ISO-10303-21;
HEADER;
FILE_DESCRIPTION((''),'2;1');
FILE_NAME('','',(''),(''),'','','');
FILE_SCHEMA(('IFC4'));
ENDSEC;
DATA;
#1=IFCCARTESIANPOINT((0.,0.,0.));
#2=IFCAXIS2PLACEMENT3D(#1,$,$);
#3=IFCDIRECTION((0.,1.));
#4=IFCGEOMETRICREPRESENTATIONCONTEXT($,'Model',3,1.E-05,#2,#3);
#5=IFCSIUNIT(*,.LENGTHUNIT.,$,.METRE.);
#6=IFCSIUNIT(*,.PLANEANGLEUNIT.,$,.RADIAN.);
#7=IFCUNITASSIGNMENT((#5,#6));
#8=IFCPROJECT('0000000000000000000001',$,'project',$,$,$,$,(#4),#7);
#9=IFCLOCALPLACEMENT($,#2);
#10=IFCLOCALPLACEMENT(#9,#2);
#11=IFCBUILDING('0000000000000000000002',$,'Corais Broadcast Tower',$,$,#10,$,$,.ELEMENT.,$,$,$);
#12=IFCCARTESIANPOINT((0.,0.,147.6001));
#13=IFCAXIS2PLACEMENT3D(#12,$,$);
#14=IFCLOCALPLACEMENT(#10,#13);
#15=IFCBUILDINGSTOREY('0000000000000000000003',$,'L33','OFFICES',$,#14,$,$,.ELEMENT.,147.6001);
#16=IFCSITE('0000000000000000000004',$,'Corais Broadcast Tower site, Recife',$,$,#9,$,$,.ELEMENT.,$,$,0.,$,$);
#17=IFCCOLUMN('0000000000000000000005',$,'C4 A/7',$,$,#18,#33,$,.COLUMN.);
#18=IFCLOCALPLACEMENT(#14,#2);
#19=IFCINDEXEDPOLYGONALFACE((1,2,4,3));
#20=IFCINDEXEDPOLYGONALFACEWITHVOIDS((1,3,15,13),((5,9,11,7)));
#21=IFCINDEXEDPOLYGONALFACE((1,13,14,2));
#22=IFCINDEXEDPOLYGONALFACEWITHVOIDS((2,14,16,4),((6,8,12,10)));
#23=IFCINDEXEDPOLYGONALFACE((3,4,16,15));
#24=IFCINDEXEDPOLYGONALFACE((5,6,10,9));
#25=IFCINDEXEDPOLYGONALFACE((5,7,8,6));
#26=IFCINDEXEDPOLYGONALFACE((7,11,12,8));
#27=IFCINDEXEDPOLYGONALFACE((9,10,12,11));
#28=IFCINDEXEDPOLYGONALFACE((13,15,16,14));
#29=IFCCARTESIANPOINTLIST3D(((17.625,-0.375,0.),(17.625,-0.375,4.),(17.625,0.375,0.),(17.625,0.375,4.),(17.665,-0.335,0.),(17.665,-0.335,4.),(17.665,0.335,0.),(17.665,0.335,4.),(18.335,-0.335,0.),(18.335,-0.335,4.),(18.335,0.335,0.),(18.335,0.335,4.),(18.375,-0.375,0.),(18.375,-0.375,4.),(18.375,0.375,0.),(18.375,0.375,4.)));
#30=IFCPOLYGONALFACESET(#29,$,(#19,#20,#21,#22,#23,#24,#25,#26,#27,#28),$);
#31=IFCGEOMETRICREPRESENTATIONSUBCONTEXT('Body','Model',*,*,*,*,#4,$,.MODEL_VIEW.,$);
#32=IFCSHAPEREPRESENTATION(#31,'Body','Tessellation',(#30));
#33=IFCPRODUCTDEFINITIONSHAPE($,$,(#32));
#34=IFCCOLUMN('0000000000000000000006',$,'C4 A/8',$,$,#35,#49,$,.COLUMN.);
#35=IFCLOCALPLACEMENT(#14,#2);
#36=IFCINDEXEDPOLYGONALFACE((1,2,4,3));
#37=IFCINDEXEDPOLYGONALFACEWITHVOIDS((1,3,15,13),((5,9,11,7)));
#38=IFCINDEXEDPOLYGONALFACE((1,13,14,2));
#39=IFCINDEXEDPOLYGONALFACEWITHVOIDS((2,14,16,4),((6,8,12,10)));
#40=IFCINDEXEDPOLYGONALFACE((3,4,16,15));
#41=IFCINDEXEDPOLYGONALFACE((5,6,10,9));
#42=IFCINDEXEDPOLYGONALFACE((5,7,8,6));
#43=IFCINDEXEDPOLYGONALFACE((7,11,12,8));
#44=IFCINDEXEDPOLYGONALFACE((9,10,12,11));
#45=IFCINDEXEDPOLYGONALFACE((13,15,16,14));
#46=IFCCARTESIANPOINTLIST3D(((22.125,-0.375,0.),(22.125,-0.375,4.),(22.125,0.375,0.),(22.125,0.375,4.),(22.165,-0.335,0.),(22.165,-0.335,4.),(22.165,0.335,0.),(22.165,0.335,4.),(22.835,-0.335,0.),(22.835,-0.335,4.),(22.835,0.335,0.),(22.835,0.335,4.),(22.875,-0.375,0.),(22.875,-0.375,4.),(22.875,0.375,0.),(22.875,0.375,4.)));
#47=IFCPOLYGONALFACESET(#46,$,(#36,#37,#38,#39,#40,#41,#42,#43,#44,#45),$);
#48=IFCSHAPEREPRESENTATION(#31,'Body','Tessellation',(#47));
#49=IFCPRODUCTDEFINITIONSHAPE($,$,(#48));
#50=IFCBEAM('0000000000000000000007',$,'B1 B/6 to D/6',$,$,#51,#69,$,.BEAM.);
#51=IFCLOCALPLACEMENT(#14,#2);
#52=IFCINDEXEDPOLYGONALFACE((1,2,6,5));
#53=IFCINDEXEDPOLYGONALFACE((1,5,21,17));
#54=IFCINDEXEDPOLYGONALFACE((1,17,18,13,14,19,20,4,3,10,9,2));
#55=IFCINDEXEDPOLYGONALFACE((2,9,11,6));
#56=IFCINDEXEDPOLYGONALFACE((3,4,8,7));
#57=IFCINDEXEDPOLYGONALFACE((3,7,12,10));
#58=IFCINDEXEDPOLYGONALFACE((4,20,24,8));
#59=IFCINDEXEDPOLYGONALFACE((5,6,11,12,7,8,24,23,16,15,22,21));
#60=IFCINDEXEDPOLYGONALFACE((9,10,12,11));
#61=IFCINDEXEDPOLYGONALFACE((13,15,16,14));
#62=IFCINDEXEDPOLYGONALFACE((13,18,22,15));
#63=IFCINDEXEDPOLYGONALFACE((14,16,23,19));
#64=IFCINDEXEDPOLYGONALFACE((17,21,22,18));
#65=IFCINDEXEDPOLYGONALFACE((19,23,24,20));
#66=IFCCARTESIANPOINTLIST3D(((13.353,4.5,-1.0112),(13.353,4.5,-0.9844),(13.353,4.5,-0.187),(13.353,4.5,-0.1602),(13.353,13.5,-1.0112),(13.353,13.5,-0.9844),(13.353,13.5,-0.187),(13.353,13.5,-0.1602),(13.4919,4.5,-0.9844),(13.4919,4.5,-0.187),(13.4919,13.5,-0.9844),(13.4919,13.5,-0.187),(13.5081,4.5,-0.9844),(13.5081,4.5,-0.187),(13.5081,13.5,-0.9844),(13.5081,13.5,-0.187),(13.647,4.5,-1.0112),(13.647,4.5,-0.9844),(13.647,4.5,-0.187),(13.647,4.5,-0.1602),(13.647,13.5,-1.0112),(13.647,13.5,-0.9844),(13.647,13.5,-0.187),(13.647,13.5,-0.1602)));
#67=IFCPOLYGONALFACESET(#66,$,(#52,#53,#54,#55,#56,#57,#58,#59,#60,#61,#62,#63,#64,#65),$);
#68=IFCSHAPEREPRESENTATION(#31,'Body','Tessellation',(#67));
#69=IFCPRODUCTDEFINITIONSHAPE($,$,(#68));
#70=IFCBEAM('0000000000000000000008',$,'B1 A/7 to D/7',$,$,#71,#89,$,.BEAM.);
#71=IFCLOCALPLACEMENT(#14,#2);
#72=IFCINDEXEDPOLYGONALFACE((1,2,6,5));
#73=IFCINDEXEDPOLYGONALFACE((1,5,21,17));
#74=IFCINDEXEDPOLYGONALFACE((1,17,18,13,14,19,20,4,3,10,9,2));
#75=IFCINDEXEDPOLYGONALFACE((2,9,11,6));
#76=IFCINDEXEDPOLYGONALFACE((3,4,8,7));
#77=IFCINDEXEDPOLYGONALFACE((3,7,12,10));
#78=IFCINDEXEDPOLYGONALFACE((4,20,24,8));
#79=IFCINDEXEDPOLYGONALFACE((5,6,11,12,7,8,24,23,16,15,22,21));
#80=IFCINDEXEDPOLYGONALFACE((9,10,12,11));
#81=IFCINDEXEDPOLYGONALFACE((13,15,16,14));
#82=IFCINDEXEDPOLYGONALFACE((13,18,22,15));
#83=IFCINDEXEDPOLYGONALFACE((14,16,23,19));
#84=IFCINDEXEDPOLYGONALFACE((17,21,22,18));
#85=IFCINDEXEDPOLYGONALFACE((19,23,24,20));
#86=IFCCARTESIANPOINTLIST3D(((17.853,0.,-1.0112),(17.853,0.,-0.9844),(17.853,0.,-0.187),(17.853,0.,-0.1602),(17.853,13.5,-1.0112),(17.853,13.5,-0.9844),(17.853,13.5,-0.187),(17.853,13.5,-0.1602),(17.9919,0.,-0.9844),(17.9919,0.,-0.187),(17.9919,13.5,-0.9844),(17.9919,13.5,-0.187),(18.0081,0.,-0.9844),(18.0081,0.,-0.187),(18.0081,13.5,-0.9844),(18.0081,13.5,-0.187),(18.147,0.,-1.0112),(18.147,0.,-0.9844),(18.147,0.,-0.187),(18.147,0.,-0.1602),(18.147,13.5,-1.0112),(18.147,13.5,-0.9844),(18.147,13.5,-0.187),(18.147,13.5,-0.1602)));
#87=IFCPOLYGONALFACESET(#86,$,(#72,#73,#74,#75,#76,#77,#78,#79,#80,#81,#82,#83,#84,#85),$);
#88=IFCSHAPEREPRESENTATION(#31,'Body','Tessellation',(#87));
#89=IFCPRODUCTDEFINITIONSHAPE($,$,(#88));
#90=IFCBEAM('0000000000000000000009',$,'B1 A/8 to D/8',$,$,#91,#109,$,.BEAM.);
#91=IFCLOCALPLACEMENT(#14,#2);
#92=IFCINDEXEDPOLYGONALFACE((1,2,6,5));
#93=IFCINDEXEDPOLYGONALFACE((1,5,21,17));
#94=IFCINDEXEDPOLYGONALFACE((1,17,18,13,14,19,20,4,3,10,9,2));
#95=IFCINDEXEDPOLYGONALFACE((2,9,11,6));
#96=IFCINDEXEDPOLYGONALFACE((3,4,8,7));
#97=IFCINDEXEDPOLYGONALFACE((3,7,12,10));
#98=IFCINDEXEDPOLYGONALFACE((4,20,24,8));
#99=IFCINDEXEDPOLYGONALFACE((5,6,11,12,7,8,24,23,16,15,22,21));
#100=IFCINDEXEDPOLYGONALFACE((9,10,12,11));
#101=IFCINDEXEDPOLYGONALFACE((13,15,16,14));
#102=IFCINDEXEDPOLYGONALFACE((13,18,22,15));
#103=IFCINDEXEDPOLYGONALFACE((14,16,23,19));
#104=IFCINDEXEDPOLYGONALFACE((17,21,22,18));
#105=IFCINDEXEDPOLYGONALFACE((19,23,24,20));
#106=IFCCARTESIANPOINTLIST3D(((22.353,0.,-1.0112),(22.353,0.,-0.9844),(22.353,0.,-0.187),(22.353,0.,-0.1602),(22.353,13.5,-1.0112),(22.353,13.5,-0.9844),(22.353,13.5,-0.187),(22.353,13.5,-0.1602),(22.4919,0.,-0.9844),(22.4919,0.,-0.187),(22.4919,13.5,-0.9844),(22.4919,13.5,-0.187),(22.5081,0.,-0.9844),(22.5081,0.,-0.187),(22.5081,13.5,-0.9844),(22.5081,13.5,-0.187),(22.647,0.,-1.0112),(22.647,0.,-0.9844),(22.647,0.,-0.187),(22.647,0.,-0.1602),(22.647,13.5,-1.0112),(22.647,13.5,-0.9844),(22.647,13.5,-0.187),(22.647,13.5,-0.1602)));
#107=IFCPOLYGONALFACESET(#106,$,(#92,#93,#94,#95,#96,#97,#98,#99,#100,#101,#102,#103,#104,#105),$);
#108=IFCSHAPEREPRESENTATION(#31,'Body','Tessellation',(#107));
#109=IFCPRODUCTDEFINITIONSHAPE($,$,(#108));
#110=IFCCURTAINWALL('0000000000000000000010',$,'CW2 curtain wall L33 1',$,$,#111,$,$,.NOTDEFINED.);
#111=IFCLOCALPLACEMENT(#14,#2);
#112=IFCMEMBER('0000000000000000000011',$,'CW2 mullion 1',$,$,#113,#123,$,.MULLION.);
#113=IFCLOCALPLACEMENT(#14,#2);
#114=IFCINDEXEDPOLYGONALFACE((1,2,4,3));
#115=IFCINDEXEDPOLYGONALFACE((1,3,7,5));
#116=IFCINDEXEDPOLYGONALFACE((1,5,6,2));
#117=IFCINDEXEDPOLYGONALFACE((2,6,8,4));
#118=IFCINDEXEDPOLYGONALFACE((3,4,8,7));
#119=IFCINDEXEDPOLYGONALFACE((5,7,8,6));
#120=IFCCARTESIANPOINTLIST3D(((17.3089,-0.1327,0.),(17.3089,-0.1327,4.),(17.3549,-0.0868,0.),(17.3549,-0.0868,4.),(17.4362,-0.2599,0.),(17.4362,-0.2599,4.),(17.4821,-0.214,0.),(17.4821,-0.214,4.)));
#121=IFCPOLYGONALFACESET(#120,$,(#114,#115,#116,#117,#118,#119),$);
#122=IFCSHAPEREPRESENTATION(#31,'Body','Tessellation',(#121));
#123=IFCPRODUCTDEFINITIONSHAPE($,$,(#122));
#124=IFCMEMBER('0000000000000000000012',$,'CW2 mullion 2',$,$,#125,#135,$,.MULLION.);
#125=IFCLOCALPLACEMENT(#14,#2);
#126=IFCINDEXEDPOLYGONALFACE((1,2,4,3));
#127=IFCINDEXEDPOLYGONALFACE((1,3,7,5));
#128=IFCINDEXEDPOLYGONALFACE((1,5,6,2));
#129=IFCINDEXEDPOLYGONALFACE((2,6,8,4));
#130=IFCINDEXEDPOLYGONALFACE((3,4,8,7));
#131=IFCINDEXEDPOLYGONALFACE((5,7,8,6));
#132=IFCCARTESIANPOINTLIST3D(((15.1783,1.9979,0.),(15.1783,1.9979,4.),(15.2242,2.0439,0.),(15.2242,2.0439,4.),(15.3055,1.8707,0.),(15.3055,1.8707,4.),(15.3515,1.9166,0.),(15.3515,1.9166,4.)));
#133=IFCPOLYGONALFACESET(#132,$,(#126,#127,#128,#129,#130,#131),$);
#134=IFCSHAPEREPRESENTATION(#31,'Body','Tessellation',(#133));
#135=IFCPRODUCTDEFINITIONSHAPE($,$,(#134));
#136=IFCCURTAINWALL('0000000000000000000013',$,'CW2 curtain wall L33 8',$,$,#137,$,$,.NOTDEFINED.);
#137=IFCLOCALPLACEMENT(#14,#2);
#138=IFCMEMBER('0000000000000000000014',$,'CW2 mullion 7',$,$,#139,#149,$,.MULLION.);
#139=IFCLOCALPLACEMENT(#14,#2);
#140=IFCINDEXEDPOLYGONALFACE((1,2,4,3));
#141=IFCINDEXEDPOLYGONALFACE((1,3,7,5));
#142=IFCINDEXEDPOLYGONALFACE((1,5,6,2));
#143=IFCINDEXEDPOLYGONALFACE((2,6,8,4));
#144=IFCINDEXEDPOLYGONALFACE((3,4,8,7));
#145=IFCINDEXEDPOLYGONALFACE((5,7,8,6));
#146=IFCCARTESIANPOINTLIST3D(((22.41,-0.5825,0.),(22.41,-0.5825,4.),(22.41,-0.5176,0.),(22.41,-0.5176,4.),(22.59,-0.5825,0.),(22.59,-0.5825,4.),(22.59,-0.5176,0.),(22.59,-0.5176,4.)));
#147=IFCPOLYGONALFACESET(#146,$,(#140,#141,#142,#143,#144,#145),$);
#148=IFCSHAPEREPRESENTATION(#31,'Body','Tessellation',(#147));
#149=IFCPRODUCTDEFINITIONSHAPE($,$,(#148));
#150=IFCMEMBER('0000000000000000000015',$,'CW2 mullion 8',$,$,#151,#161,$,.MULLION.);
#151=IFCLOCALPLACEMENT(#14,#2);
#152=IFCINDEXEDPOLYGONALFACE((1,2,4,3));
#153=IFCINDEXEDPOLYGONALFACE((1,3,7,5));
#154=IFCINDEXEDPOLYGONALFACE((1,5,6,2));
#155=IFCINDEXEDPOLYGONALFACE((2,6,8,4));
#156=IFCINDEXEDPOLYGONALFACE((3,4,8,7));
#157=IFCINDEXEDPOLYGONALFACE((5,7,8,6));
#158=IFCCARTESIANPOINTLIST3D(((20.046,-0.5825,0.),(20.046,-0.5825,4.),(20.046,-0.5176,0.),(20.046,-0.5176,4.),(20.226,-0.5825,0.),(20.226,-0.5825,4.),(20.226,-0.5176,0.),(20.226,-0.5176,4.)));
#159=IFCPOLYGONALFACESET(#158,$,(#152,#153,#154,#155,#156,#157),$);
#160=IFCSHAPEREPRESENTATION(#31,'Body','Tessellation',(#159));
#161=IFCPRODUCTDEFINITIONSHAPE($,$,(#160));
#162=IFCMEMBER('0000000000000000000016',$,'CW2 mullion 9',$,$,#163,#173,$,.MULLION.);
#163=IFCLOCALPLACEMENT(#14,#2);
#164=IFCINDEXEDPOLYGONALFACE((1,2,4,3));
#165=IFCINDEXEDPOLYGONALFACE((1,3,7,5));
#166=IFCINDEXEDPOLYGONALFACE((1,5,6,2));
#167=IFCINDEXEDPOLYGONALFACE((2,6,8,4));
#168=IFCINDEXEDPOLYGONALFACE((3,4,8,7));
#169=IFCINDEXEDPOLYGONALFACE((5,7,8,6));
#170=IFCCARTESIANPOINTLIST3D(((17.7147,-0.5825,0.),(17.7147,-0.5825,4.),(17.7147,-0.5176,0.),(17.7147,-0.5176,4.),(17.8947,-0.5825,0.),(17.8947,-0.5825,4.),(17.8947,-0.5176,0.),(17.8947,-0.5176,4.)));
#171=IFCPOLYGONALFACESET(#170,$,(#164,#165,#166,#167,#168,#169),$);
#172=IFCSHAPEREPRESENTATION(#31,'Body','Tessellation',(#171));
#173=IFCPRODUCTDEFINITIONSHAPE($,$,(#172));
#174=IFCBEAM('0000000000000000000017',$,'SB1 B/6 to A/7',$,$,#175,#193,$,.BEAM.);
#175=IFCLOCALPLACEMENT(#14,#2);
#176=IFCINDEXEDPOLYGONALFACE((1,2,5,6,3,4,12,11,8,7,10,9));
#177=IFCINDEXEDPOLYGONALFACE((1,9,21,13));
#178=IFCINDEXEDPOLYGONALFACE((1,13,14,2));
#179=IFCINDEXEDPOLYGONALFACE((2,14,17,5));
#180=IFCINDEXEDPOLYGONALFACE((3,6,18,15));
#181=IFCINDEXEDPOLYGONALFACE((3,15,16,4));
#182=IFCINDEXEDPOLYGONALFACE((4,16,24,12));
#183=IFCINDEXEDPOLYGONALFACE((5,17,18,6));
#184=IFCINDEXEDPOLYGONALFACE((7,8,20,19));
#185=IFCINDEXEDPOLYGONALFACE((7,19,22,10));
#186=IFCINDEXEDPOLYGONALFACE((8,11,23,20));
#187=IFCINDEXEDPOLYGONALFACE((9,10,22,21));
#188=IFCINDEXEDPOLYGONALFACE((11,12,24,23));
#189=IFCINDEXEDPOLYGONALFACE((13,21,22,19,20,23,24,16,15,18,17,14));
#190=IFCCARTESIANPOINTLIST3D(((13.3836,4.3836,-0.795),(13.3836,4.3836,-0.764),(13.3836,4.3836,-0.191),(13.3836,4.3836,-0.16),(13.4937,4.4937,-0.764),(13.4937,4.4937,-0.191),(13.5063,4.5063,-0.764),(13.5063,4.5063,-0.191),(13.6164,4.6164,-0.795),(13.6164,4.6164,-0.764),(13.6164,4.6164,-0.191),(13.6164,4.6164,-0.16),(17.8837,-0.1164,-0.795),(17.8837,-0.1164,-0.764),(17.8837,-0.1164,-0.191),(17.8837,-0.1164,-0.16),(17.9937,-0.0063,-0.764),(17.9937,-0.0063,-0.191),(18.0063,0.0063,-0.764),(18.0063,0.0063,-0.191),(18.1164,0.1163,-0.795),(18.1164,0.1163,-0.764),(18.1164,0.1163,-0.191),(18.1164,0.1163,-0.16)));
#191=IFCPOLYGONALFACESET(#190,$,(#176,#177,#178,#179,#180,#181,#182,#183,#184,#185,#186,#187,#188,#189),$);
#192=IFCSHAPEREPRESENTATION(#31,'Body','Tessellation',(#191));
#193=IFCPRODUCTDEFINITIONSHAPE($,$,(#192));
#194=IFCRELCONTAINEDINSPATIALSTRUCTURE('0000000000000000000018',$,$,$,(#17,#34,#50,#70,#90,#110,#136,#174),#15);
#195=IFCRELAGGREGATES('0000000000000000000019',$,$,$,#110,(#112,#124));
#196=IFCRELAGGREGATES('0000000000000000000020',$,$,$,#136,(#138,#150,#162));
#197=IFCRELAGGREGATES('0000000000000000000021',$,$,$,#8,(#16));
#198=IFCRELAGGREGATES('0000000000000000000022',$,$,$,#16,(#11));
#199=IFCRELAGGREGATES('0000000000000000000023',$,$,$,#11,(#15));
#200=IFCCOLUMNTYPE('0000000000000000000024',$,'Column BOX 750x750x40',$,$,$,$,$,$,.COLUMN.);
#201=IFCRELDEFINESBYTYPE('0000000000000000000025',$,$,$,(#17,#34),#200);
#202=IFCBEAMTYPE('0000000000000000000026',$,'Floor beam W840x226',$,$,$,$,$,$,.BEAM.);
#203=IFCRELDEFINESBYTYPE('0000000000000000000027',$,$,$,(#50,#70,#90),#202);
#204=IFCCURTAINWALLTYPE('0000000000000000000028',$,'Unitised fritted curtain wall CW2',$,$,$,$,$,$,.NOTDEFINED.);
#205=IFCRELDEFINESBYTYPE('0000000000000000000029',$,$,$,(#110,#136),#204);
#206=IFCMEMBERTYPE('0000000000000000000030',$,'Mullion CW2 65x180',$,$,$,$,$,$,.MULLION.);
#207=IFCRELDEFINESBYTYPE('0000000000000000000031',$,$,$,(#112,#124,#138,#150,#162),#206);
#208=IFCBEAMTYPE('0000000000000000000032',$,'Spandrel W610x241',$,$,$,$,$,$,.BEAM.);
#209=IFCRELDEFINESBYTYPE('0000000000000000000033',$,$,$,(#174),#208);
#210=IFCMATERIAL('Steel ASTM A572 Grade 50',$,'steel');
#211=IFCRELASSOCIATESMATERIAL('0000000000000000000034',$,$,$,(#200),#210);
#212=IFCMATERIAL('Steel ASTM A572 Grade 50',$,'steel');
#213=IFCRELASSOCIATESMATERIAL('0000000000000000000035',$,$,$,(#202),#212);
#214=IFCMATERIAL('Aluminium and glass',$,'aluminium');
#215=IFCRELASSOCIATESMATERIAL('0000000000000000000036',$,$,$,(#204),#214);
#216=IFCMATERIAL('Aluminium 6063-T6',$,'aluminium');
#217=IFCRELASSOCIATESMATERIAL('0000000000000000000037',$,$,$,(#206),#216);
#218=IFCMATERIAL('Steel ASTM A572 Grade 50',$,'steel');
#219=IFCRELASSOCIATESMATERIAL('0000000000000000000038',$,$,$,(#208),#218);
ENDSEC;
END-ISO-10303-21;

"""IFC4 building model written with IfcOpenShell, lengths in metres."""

from ifc_helpers import new_model, si_unit, direction, frame, origin, origin_2d, place, context, subcontext, project, spatial, rectangle, hollow_rectangle, i_section, extrude, material, material_profile, profile_set, type_object, element, aggregate, save


model = new_model("IFC4")

# Units and contexts
model_context = context("Model", 3, precision=1e-05, world=origin(), true_north=direction((0.0, 1.0)))
body_context = subcontext(model_context, "Body", "Model", "MODEL_VIEW")
ifc_project = project(units=[si_unit("LENGTHUNIT", "METRE"), si_unit("PLANEANGLEUNIT", "RADIAN")], contexts=[model_context])

# Site, building, storey
site_placement = place(None, origin())
site = spatial("IfcSite", under=ifc_project, at=site_placement, Name="Corais Broadcast Tower site, Recife", CompositionType="ELEMENT", RefElevation=0.0)
building_placement = place(site_placement, origin())
building = spatial("IfcBuilding", under=site, at=building_placement, Name="Corais Broadcast Tower", CompositionType="ELEMENT")
storey_placement = place(building_placement, frame((0.0, 0.0, 147.6001)))
storey = spatial("IfcBuildingStorey", under=building, at=storey_placement, Name="L33", Description="OFFICES", CompositionType="ELEMENT", Elevation=147.6001)

# Columns
ifc_material_1 = material(Name="Steel ASTM A572 Grade 50", Category="steel")
ifc_material_profile_1 = material_profile(ifc_material_1, hollow_rectangle(XDim=0.75, YDim=0.75, WallThickness=0.04, at=origin_2d()), Name="BOX 750x750x40")
ifc_profile_set_1 = profile_set([ifc_material_profile_1], Name="Steel ASTM A572 Grade 50")
column_type = type_object("IfcColumnType", Name="Column BOX 750x750x40", PredefinedType="COLUMN", material=ifc_profile_set_1)
for number, where, z_axis, x_axis, name in (
    (1, (18.0, 0.0, 0.0), (0.0, 0.0, 1.0), (1.0, 0.0, 0.0), "C4 A/7"),
    (2, (22.5, 0.0, 0.0), (0.0, 0.0, 1.0), (1.0, 0.0, 0.0), "C4 A/8"),
):
    element("IfcColumn", number, at=place(storey_placement, frame(where, z_axis=z_axis, x_axis=x_axis)), inside=storey, type_object=column_type, Name=name, PredefinedType="COLUMN", context=body_context, shape_type="SweptSolid", body=[
        extrude(hollow_rectangle(XDim=0.75, YDim=0.75, WallThickness=0.04, at=origin_2d()), origin(), (0.0, 0.0, 1.0), 4.0),
    ])

# Beams
ifc_material_2 = material(Name="Steel ASTM A572 Grade 50", Category="steel")
ifc_material_profile_2 = material_profile(ifc_material_2, i_section(OverallWidth=0.2939, OverallDepth=0.8511, WebThickness=0.0161, FlangeThickness=0.0269, at=origin_2d()), Name="W840x226")
ifc_profile_set_2 = profile_set([ifc_material_profile_2], Name="Steel ASTM A572 Grade 50")
beam_type_1 = type_object("IfcBeamType", Name="Floor beam W840x226", PredefinedType="BEAM", material=ifc_profile_set_2)
beam_1_placement = place(storey_placement, frame((13.5, 4.5, -0.5857), z_axis=(0.0, 1.0, 0.0), x_axis=(-1.0, 0.0, 0.0)))
element("IfcBeam", 3, at=beam_1_placement, inside=storey, type_object=beam_type_1, Name="B1 B/6 to D/6", PredefinedType="BEAM", context=body_context, shape_type="SweptSolid", body=[
    extrude(i_section(OverallWidth=0.2939, OverallDepth=0.8511, WebThickness=0.0161, FlangeThickness=0.0269, at=origin_2d()), origin(), (0.0, 0.0, 1.0), 9.0),
])
for number, where, z_axis, x_axis, name in (
    (4, (18.0, 0.0, -0.5857), (0.0, 1.0, 0.0), (-1.0, 0.0, 0.0), "B1 A/7 to D/7"),
    (5, (22.5, 0.0, -0.5857), (0.0, 1.0, 0.0), (-1.0, 0.0, 0.0), "B1 A/8 to D/8"),
):
    element("IfcBeam", number, at=place(storey_placement, frame(where, z_axis=z_axis, x_axis=x_axis)), inside=storey, type_object=beam_type_1, Name=name, PredefinedType="BEAM", context=body_context, shape_type="SweptSolid", body=[
        extrude(i_section(OverallWidth=0.2939, OverallDepth=0.8511, WebThickness=0.0161, FlangeThickness=0.0269, at=origin_2d()), origin(), (0.0, 0.0, 1.0), 13.5),
    ])

# Curtain walls, members
ifc_material_3 = material(Name="Aluminium and glass", Category="aluminium")
curtain_wall_type = type_object("IfcCurtainWallType", Name="Unitised fritted curtain wall CW2", PredefinedType="NOTDEFINED", material=ifc_material_3)
curtain_wall_1_placement = place(storey_placement, origin())
curtain_wall_1 = element("IfcCurtainWall", 6, at=curtain_wall_1_placement, inside=storey, type_object=curtain_wall_type, Name="CW2 curtain wall L33 1", PredefinedType="NOTDEFINED")
ifc_material_4 = material(Name="Aluminium 6063-T6", Category="aluminium")
ifc_material_profile_3 = material_profile(ifc_material_4, rectangle(XDim=0.0649, YDim=0.1799, at=origin_2d()), Name="Mullion CW2 65x180")
ifc_profile_set_3 = profile_set([ifc_material_profile_3], Name="Aluminium 6063-T6")
member_type_1 = type_object("IfcMemberType", Name="Mullion CW2 65x180", PredefinedType="MULLION", material=ifc_profile_set_3)
member_1_placement = place(storey_placement, frame((17.3955, -0.1733, 0.0), z_axis=(0.0, 0.0, 1.0), x_axis=(-0.707107, -0.707107, 0.0)))
member_1 = element("IfcMember", 7, at=member_1_placement, type_object=member_type_1, Name="CW2 mullion 1", PredefinedType="MULLION", context=body_context, shape_type="SweptSolid", body=[
    extrude(rectangle(XDim=0.0649, YDim=0.1799, at=origin_2d()), origin(), (0.0, 0.0, 1.0), 4.0),
])
member_2_placement = place(storey_placement, frame((15.2649, 1.9573, 0.0), z_axis=(0.0, 0.0, 1.0), x_axis=(-0.707107, -0.707107, 0.0)))
member_2 = element("IfcMember", 8, at=member_2_placement, type_object=member_type_1, Name="CW2 mullion 2", PredefinedType="MULLION", context=body_context, shape_type="SweptSolid", body=[
    extrude(rectangle(XDim=0.0649, YDim=0.1799, at=origin_2d()), origin(), (0.0, 0.0, 1.0), 4.0),
])
curtain_wall_2_placement = place(storey_placement, origin())
curtain_wall_2 = element("IfcCurtainWall", 9, at=curtain_wall_2_placement, inside=storey, type_object=curtain_wall_type, Name="CW2 curtain wall L33 8", PredefinedType="NOTDEFINED")
member_3_placement = place(storey_placement, frame((22.5, -0.55, 0.0), z_axis=(0.0, 0.0, 1.0), x_axis=(0.0, -1.0, 0.0)))
member_3 = element("IfcMember", 10, at=member_3_placement, type_object=member_type_1, Name="CW2 mullion 7", PredefinedType="MULLION", context=body_context, shape_type="SweptSolid", body=[
    extrude(rectangle(XDim=0.0649, YDim=0.1799, at=origin_2d()), origin(), (0.0, 0.0, 1.0), 4.0),
])
member_4_placement = place(storey_placement, frame((20.136, -0.55, 0.0), z_axis=(0.0, 0.0, 1.0), x_axis=(0.0, -1.0, 0.0)))
member_4 = element("IfcMember", 11, at=member_4_placement, type_object=member_type_1, Name="CW2 mullion 8", PredefinedType="MULLION", context=body_context, shape_type="SweptSolid", body=[
    extrude(rectangle(XDim=0.0649, YDim=0.1799, at=origin_2d()), origin(), (0.0, 0.0, 1.0), 4.0),
])
member_5_placement = place(storey_placement, frame((17.8047, -0.55, 0.0), z_axis=(0.0, 0.0, 1.0), x_axis=(0.0, -1.0, 0.0)))
member_5 = element("IfcMember", 12, at=member_5_placement, type_object=member_type_1, Name="CW2 mullion 9", PredefinedType="MULLION", context=body_context, shape_type="SweptSolid", body=[
    extrude(rectangle(XDim=0.0649, YDim=0.1799, at=origin_2d()), origin(), (0.0, 0.0, 1.0), 4.0),
])

# Beam
ifc_material_5 = material(Name="Steel ASTM A572 Grade 50", Category="steel")
ifc_material_profile_4 = material_profile(ifc_material_5, i_section(OverallWidth=0.3291, OverallDepth=0.635, WebThickness=0.0178, FlangeThickness=0.031, at=origin_2d()), Name="W610x241")
ifc_profile_set_4 = profile_set([ifc_material_profile_4], Name="Steel ASTM A572 Grade 50")
beam_type_2 = type_object("IfcBeamType", Name="Spandrel W610x241", PredefinedType="BEAM", material=ifc_profile_set_4)
beam_2_placement = place(storey_placement, frame((13.5, 4.5, -0.4775), z_axis=(0.707107, -0.707107, 0.0), x_axis=(0.707107, 0.707107, 0.0)))
element("IfcBeam", 13, at=beam_2_placement, inside=storey, type_object=beam_type_2, Name="SB1 B/6 to A/7", PredefinedType="BEAM", context=body_context, shape_type="SweptSolid", body=[
    extrude(i_section(OverallWidth=0.3291, OverallDepth=0.635, WebThickness=0.0178, FlangeThickness=0.031, at=origin_2d()), origin(), (0.0, 0.0, 1.0), 6.364),
])

aggregate(curtain_wall_1, [member_1, member_2])
aggregate(curtain_wall_2, [member_3, member_4, member_5])

save(model, "model.ifc")
